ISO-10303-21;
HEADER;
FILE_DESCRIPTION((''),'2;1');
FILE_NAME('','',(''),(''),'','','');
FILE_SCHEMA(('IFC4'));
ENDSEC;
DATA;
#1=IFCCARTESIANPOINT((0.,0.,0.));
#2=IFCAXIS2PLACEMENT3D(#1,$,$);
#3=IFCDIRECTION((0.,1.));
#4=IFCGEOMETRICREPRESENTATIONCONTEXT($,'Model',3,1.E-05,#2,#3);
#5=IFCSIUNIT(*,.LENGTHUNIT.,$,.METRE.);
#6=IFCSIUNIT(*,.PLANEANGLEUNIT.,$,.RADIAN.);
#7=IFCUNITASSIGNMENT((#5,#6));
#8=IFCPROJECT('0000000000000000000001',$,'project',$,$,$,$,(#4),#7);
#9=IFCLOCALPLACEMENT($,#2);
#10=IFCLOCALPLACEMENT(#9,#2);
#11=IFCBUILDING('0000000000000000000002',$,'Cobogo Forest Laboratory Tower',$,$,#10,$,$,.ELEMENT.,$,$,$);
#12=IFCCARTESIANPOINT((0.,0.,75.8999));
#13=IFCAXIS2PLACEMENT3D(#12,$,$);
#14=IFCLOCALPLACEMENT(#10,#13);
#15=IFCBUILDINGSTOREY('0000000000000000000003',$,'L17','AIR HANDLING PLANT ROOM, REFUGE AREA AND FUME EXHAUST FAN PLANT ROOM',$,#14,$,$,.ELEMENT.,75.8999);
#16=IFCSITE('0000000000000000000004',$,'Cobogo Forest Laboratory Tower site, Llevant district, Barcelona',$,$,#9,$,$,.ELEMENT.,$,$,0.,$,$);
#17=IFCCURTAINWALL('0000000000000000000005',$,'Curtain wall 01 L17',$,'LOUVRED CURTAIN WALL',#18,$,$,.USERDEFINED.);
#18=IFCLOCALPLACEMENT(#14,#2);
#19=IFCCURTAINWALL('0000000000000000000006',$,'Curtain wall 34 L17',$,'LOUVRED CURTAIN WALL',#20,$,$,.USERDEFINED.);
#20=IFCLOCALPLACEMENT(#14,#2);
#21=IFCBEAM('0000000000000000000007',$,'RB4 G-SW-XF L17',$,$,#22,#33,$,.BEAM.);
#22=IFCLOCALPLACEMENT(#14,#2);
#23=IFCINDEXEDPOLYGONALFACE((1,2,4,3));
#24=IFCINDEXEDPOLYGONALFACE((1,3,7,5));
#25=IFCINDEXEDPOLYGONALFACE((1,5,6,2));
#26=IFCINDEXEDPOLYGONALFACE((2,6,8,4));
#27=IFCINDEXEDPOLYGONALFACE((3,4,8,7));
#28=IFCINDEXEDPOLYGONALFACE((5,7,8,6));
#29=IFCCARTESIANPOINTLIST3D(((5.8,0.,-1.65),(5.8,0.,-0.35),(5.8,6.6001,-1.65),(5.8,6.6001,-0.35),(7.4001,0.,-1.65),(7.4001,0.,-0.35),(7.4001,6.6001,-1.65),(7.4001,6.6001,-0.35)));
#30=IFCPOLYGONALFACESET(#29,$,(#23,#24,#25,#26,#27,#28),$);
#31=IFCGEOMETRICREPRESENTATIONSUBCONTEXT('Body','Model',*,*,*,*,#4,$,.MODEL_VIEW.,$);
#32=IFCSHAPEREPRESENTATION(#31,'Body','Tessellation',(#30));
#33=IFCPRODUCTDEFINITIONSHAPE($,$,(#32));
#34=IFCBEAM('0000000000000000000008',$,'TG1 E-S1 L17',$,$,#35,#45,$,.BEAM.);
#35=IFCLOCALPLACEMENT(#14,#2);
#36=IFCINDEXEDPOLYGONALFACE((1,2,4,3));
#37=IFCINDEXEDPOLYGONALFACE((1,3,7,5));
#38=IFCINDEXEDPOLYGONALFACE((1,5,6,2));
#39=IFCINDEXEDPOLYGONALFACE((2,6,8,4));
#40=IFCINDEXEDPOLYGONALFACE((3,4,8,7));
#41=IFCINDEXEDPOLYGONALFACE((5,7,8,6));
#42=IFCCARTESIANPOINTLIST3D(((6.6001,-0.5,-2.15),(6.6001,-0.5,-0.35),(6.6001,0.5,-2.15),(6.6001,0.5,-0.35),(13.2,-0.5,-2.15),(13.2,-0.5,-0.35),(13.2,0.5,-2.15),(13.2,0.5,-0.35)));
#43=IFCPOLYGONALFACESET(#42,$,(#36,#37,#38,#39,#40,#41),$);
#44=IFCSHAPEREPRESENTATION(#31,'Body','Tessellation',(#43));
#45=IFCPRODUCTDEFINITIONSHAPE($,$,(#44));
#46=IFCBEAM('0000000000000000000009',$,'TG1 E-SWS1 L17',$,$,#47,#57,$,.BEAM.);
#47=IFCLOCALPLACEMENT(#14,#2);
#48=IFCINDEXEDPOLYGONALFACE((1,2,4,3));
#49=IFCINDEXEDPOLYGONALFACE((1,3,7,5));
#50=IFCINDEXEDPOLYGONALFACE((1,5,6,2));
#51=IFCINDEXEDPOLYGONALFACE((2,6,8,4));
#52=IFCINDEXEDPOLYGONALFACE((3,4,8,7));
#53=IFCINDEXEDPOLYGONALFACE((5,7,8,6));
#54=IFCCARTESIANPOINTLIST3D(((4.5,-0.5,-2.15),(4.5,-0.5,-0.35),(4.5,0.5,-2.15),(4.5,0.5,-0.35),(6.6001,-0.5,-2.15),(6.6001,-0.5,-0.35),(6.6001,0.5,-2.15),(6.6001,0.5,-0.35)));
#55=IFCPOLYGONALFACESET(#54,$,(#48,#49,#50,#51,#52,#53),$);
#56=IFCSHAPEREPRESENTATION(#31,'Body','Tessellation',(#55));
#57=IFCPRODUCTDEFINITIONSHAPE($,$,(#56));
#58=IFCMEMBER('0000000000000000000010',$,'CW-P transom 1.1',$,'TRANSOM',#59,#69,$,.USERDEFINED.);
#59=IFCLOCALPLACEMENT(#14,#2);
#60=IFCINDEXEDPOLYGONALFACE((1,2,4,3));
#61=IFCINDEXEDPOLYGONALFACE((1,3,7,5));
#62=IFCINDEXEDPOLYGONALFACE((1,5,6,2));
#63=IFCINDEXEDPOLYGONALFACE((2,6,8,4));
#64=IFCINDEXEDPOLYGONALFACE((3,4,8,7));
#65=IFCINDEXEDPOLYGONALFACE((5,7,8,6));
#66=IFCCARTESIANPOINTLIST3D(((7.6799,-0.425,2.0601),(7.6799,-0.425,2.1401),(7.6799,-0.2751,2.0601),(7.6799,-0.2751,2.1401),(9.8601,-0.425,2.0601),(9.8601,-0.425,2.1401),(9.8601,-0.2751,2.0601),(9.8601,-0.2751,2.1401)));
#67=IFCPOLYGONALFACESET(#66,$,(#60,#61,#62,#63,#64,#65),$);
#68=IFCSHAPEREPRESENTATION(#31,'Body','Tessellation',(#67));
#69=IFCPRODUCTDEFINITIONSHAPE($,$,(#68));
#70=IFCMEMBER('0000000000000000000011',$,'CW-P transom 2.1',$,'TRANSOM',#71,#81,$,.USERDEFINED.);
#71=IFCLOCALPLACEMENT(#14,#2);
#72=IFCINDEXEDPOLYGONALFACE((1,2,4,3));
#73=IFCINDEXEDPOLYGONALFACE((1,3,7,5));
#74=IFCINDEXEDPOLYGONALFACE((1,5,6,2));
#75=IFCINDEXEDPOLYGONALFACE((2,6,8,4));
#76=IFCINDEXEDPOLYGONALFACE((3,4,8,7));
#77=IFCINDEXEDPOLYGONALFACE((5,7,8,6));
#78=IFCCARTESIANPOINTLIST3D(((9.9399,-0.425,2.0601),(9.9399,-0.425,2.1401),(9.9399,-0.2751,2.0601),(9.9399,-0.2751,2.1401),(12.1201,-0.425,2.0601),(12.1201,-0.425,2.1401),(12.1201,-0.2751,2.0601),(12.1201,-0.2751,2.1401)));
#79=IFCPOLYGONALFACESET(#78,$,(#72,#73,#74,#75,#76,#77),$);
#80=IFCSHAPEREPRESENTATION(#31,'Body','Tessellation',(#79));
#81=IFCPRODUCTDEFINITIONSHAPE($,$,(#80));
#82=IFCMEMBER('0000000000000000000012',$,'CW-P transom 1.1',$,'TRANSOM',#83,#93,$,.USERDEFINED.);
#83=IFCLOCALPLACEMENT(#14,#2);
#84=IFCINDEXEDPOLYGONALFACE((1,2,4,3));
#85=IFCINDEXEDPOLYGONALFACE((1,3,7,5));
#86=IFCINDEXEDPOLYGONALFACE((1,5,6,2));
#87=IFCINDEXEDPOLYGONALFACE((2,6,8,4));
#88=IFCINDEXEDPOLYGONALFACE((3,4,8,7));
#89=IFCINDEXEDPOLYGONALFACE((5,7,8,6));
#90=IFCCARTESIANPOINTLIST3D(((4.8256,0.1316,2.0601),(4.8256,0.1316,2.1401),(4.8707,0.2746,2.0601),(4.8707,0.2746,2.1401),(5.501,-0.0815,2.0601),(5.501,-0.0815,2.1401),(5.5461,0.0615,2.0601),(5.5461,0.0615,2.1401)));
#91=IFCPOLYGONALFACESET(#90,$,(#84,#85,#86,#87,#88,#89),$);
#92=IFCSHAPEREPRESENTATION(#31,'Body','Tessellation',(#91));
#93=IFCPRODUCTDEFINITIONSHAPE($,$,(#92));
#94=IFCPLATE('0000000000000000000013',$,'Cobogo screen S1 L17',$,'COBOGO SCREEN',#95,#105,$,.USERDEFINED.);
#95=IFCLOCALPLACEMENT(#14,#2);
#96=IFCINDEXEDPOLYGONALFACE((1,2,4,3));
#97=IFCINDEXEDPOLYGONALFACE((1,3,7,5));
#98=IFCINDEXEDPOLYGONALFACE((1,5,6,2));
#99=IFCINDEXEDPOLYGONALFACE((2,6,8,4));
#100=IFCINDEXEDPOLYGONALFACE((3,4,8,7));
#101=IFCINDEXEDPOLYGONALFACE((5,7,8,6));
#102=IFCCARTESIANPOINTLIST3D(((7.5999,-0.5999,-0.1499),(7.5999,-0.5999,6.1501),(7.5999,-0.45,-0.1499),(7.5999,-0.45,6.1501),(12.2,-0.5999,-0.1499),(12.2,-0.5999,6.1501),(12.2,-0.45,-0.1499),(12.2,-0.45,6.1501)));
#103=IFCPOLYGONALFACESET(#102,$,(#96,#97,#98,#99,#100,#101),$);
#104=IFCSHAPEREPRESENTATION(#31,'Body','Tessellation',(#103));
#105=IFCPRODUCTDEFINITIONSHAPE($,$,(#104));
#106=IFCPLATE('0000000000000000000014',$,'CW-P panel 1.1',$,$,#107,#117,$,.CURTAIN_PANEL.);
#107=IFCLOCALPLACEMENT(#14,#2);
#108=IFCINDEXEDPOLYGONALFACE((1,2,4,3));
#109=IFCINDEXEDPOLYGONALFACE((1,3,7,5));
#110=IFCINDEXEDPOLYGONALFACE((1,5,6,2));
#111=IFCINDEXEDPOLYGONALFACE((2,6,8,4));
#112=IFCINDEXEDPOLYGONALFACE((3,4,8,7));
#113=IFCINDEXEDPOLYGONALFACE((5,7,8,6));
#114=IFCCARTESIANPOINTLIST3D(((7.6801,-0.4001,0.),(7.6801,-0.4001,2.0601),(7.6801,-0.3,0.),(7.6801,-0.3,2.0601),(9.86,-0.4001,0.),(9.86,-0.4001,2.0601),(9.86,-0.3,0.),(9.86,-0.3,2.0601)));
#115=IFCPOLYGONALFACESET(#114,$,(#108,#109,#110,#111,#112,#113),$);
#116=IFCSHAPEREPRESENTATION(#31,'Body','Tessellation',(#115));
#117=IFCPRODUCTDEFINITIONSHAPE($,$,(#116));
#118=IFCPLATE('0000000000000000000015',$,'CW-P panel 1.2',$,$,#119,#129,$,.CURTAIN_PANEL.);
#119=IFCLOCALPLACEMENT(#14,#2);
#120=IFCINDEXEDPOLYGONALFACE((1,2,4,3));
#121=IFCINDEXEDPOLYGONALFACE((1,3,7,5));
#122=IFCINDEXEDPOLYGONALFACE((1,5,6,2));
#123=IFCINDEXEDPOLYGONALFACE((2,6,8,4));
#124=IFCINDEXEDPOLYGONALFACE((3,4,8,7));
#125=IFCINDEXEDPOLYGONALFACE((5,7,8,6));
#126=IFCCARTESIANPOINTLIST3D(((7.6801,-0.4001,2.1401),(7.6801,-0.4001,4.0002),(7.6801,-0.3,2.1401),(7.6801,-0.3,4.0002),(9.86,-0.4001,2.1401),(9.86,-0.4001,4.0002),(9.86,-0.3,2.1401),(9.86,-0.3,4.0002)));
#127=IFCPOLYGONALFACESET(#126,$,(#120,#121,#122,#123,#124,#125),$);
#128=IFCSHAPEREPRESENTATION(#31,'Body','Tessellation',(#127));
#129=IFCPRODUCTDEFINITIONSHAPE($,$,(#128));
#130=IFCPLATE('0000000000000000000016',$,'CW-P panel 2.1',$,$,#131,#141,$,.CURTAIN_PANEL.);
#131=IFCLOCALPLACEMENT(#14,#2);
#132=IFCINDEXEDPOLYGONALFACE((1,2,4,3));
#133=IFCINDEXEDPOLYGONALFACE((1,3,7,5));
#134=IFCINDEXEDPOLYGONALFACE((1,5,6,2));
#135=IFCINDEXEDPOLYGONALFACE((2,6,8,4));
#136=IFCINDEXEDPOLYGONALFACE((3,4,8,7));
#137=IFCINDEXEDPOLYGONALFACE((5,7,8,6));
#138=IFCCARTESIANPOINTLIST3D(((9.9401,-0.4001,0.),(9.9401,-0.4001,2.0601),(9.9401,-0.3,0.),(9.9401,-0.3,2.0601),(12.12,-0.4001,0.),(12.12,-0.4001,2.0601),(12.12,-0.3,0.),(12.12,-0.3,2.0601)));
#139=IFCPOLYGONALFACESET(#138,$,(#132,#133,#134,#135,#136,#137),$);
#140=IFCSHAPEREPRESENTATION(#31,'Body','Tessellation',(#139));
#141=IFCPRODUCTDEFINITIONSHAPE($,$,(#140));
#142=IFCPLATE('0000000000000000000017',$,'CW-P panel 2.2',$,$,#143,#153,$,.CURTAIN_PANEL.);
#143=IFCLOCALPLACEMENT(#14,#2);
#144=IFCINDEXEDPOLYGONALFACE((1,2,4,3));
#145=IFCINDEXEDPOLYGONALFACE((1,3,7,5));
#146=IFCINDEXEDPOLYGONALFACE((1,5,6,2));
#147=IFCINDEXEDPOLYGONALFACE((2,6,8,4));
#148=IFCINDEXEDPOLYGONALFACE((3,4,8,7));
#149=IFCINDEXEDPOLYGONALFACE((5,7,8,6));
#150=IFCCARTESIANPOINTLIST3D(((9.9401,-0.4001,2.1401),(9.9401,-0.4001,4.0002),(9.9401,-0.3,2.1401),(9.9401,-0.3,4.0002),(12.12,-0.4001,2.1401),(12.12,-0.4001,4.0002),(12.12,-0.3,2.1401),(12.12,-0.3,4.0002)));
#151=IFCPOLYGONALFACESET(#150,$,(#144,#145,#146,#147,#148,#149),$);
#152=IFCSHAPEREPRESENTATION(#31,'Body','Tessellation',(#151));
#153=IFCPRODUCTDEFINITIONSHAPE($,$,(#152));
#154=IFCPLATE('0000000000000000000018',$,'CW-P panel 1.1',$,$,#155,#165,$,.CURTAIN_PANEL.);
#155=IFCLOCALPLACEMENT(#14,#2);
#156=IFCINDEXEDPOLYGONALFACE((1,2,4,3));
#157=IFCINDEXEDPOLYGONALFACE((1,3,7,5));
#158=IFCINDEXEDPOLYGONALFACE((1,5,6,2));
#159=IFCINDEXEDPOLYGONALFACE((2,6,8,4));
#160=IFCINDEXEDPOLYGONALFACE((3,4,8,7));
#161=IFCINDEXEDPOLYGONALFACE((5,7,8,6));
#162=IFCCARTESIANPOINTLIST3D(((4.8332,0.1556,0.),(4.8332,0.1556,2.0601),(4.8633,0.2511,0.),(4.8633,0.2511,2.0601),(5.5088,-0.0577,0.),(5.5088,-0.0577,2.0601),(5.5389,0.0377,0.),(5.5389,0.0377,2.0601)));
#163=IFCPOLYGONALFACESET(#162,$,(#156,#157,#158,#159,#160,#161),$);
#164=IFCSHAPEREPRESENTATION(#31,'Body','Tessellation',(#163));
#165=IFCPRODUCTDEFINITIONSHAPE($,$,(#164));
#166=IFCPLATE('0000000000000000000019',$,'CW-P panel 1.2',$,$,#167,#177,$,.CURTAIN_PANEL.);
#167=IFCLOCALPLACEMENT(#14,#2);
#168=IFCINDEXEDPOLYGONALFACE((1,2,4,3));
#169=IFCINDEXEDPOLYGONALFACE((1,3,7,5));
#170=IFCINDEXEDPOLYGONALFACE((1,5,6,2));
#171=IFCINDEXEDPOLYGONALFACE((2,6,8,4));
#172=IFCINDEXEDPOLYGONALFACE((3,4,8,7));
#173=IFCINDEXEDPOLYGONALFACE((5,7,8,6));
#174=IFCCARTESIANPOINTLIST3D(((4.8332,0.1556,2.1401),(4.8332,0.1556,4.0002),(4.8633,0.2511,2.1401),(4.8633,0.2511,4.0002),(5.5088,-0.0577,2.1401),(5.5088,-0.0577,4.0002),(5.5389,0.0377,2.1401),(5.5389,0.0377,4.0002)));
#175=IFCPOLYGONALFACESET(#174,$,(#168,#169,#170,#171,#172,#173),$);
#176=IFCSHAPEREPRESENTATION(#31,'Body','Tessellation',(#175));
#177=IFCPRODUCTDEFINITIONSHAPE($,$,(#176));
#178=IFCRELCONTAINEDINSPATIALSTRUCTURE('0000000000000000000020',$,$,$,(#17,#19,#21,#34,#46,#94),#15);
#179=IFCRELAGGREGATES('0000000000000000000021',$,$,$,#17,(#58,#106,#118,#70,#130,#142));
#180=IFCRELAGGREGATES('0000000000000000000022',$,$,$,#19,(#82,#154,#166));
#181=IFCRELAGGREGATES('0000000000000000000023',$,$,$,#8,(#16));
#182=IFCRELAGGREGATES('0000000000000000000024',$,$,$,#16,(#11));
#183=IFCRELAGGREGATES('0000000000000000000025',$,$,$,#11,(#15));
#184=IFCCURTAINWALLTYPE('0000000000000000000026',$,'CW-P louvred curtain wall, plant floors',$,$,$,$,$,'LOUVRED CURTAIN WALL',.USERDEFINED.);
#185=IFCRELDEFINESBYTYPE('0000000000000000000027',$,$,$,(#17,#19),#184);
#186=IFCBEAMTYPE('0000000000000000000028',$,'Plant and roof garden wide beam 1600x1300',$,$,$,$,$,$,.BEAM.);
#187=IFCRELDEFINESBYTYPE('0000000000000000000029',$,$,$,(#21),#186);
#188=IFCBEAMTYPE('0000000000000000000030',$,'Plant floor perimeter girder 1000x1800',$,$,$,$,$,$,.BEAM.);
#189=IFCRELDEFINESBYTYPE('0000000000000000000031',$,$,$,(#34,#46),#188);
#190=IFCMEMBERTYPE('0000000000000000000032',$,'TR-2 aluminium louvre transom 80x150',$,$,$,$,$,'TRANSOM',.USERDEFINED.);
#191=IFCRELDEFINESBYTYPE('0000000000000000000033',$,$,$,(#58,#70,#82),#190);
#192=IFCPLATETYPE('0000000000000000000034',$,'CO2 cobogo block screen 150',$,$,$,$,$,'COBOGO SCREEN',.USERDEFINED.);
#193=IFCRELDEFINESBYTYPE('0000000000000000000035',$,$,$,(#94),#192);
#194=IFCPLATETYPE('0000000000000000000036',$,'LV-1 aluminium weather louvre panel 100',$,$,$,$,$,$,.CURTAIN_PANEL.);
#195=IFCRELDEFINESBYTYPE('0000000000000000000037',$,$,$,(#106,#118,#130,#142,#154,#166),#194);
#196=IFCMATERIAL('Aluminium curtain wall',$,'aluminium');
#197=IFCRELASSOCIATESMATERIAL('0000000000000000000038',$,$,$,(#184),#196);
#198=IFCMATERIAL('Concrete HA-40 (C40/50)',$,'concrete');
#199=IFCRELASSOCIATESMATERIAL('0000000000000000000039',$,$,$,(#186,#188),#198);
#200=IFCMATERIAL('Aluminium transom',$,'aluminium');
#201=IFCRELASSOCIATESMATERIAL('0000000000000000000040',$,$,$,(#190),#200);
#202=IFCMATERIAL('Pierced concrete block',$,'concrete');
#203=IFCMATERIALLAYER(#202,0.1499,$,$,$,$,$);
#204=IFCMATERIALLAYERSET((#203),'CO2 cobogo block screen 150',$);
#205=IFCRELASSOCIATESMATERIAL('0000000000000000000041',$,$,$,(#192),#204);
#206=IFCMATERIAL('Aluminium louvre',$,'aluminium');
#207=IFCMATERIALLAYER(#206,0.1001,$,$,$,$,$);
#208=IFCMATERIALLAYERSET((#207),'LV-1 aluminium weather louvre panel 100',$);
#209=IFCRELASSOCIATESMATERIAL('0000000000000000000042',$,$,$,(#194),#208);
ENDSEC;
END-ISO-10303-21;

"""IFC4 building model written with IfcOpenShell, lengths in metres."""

from ifc_helpers import new_model, si_unit, direction, frame, origin, origin_2d, place, context, subcontext, project, spatial, rectangle, extrude, material, layer, layer_set, material_profile, profile_set, type_object, element, aggregate, save


model = new_model("IFC4")

# Units and contexts
model_context = context("Model", 3, precision=1e-05, world=origin(), true_north=direction((0.0, 1.0)))
body_context = subcontext(model_context, "Body", "Model", "MODEL_VIEW")
ifc_project = project(units=[si_unit("LENGTHUNIT", "METRE"), si_unit("PLANEANGLEUNIT", "RADIAN")], contexts=[model_context])

# Site, building, storey
site_placement = place(None, origin())
site = spatial("IfcSite", under=ifc_project, at=site_placement, Name="Cobogo Forest Laboratory Tower site, Llevant district, Barcelona", CompositionType="ELEMENT", RefElevation=0.0)
building_placement = place(site_placement, origin())
building = spatial("IfcBuilding", under=site, at=building_placement, Name="Cobogo Forest Laboratory Tower", CompositionType="ELEMENT")
storey_placement = place(building_placement, frame((0.0, 0.0, 75.8999)))
storey = spatial("IfcBuildingStorey", under=building, at=storey_placement, Name="L17", Description="AIR HANDLING PLANT ROOM, REFUGE AREA AND FUME EXHAUST FAN PLANT ROOM", CompositionType="ELEMENT", Elevation=75.8999)

# Curtain walls
ifc_material_1 = material(Name="Aluminium curtain wall", Category="aluminium")
curtain_wall_type = type_object("IfcCurtainWallType", Name="CW-P louvred curtain wall, plant floors", ElementType="LOUVRED CURTAIN WALL", PredefinedType="USERDEFINED", material=ifc_material_1)
curtain_wall_1_placement = place(storey_placement, origin())
curtain_wall_1 = element("IfcCurtainWall", 1, at=curtain_wall_1_placement, inside=storey, type_object=curtain_wall_type, Name="Curtain wall 01 L17", ObjectType="LOUVRED CURTAIN WALL", PredefinedType="USERDEFINED")
curtain_wall_2_placement = place(storey_placement, origin())
curtain_wall_2 = element("IfcCurtainWall", 2, at=curtain_wall_2_placement, inside=storey, type_object=curtain_wall_type, Name="Curtain wall 34 L17", ObjectType="LOUVRED CURTAIN WALL", PredefinedType="USERDEFINED")

# Beams
ifc_material_2 = material(Name="Concrete HA-40 (C40/50)", Category="concrete")
ifc_material_profile_1 = material_profile(ifc_material_2, rectangle(XDim=1.6001, YDim=1.3, at=origin_2d()), Name="RC 1600x1300")
ifc_profile_set_1 = profile_set([ifc_material_profile_1], Name="Concrete HA-40 (C40/50)")
beam_type_1 = type_object("IfcBeamType", Name="Plant and roof garden wide beam 1600x1300", PredefinedType="BEAM", material=ifc_profile_set_1)
beam_1_placement = place(storey_placement, frame((6.6001, 0.0, -1.0), z_axis=(0.0, 1.0, 0.0), x_axis=(-1.0, 0.0, 0.0)))
element("IfcBeam", 3, at=beam_1_placement, inside=storey, type_object=beam_type_1, Name="RB4 G-SW-XF L17", PredefinedType="BEAM", context=body_context, shape_type="SweptSolid", body=[
    extrude(rectangle(XDim=1.6001, YDim=1.3, at=origin_2d()), origin(), (0.0, 0.0, 1.0), 6.6001),
])
ifc_material_profile_2 = material_profile(ifc_material_2, rectangle(XDim=1.0, YDim=1.8, at=origin_2d()), Name="RC 1000x1800")
ifc_profile_set_2 = profile_set([ifc_material_profile_2], Name="Concrete HA-40 (C40/50)")
beam_type_2 = type_object("IfcBeamType", Name="Plant floor perimeter girder 1000x1800", PredefinedType="BEAM", material=ifc_profile_set_2)
beam_2_placement = place(storey_placement, frame((6.6001, 0.0, -1.25), z_axis=(1.0, 0.0, 0.0), x_axis=(0.0, 1.0, 0.0)))
element("IfcBeam", 4, at=beam_2_placement, inside=storey, type_object=beam_type_2, Name="TG1 E-S1 L17", PredefinedType="BEAM", context=body_context, shape_type="SweptSolid", body=[
    extrude(rectangle(XDim=1.0, YDim=1.8, at=origin_2d()), origin(), (0.0, 0.0, 1.0), 6.5999),
])
beam_3_placement = place(storey_placement, frame((6.6001, 0.0, -1.25), z_axis=(-1.0, 0.0, 0.0), x_axis=(0.0, -1.0, 0.0)))
element("IfcBeam", 5, at=beam_3_placement, inside=storey, type_object=beam_type_2, Name="TG1 E-SWS1 L17", PredefinedType="BEAM", context=body_context, shape_type="SweptSolid", body=[
    extrude(rectangle(XDim=1.0, YDim=1.8, at=origin_2d()), origin(), (0.0, 0.0, 1.0), 2.1001),
])

# Members
ifc_material_3 = material(Name="Aluminium transom", Category="aluminium")
ifc_material_profile_3 = material_profile(ifc_material_3, rectangle(XDim=0.1499, YDim=0.0801, at=origin_2d()), Name="AL 80x150")
ifc_profile_set_3 = profile_set([ifc_material_profile_3], Name="Aluminium transom")
member_type_1 = type_object("IfcMemberType", Name="TR-2 aluminium louvre transom 80x150", ElementType="TRANSOM", PredefinedType="USERDEFINED", material=ifc_profile_set_3)
member_1_placement = place(storey_placement, frame((7.6799, -0.3501, 2.1001), z_axis=(1.0, 0.0, 0.0), x_axis=(0.0, 1.0, 0.0)))
member_1 = element("IfcMember", 6, at=member_1_placement, type_object=member_type_1, Name="CW-P transom 1.1", ObjectType="TRANSOM", PredefinedType="USERDEFINED", context=body_context, shape_type="SweptSolid", body=[
    extrude(rectangle(XDim=0.1499, YDim=0.0801, at=origin_2d()), origin(), (0.0, 0.0, 1.0), 2.1802),
])
member_2_placement = place(storey_placement, frame((9.9399, -0.3501, 2.1001), z_axis=(1.0, 0.0, 0.0), x_axis=(0.0, 1.0, 0.0)))
member_2 = element("IfcMember", 7, at=member_2_placement, type_object=member_type_1, Name="CW-P transom 2.1", ObjectType="TRANSOM", PredefinedType="USERDEFINED", context=body_context, shape_type="SweptSolid", body=[
    extrude(rectangle(XDim=0.1499, YDim=0.0801, at=origin_2d()), origin(), (0.0, 0.0, 1.0), 2.1802),
])
member_3_placement = place(storey_placement, frame((4.8481, 0.2031, 2.1001), z_axis=(0.953661, -0.300884, 0.0), x_axis=(0.300884, 0.953661, 0.0)))
member_3 = element("IfcMember", 8, at=member_3_placement, type_object=member_type_1, Name="CW-P transom 1.1", ObjectType="TRANSOM", PredefinedType="USERDEFINED", context=body_context, shape_type="SweptSolid", body=[
    extrude(rectangle(XDim=0.1499, YDim=0.0801, at=origin_2d()), origin(), (0.0, 0.0, 1.0), 0.7083),
])

# Plates
ifc_material_4 = material(Name="Pierced concrete block", Category="concrete")
ifc_layer_1 = layer(ifc_material_4, 0.1499)
ifc_layer_set_1 = layer_set([ifc_layer_1], Name="CO2 cobogo block screen 150")
plate_type_1 = type_object("IfcPlateType", Name="CO2 cobogo block screen 150", ElementType="COBOGO SCREEN", PredefinedType="USERDEFINED", material=ifc_layer_set_1)
plate_1_placement = place(storey_placement, frame((9.8999, -0.5249, -0.1499), z_axis=(0.0, 0.0, 1.0), x_axis=(1.0, 0.0, 0.0)))
element("IfcPlate", 9, at=plate_1_placement, inside=storey, type_object=plate_type_1, Name="Cobogo screen S1 L17", ObjectType="COBOGO SCREEN", PredefinedType="USERDEFINED", context=body_context, shape_type="SweptSolid", body=[
    extrude(rectangle(XDim=4.6001, YDim=0.1499, at=origin_2d()), origin(), (0.0, 0.0, 1.0), 6.3),
])
ifc_material_5 = material(Name="Aluminium louvre", Category="aluminium")
ifc_layer_2 = layer(ifc_material_5, 0.1001)
ifc_layer_set_2 = layer_set([ifc_layer_2], Name="LV-1 aluminium weather louvre panel 100")
plate_type_2 = type_object("IfcPlateType", Name="LV-1 aluminium weather louvre panel 100", PredefinedType="CURTAIN_PANEL", material=ifc_layer_set_2)
plate_2_placement = place(storey_placement, frame((8.77, -0.3501, 0.0), z_axis=(0.0, 0.0, 1.0), x_axis=(1.0, 0.0, 0.0)))
plate_2 = element("IfcPlate", 10, at=plate_2_placement, type_object=plate_type_2, Name="CW-P panel 1.1", PredefinedType="CURTAIN_PANEL", context=body_context, shape_type="SweptSolid", body=[
    extrude(rectangle(XDim=2.1799, YDim=0.1001, at=origin_2d()), origin(), (0.0, 0.0, 1.0), 2.0601),
])
plate_3_placement = place(storey_placement, frame((8.77, -0.3501, 2.1401), z_axis=(0.0, 0.0, 1.0), x_axis=(1.0, 0.0, 0.0)))
plate_3 = element("IfcPlate", 11, at=plate_3_placement, type_object=plate_type_2, Name="CW-P panel 1.2", PredefinedType="CURTAIN_PANEL", context=body_context, shape_type="SweptSolid", body=[
    extrude(rectangle(XDim=2.1799, YDim=0.1001, at=origin_2d()), origin(), (0.0, 0.0, 1.0), 1.8601),
])
plate_4_placement = place(storey_placement, frame((11.03, -0.3501, 0.0), z_axis=(0.0, 0.0, 1.0), x_axis=(1.0, 0.0, 0.0)))
plate_4 = element("IfcPlate", 12, at=plate_4_placement, type_object=plate_type_2, Name="CW-P panel 2.1", PredefinedType="CURTAIN_PANEL", context=body_context, shape_type="SweptSolid", body=[
    extrude(rectangle(XDim=2.1799, YDim=0.1001, at=origin_2d()), origin(), (0.0, 0.0, 1.0), 2.0601),
])
plate_5_placement = place(storey_placement, frame((11.03, -0.3501, 2.1401), z_axis=(0.0, 0.0, 1.0), x_axis=(1.0, 0.0, 0.0)))
plate_5 = element("IfcPlate", 13, at=plate_5_placement, type_object=plate_type_2, Name="CW-P panel 2.2", PredefinedType="CURTAIN_PANEL", context=body_context, shape_type="SweptSolid", body=[
    extrude(rectangle(XDim=2.1799, YDim=0.1001, at=origin_2d()), origin(), (0.0, 0.0, 1.0), 1.8601),
])
aggregate(curtain_wall_1, [member_1, plate_2, plate_3, member_2, plate_4, plate_5])
plate_6_placement = place(storey_placement, frame((5.186, 0.0967, 0.0), z_axis=(0.0, 0.0, 1.0), x_axis=(0.953581, -0.301136, 0.0)))
plate_6 = element("IfcPlate", 14, at=plate_6_placement, type_object=plate_type_2, Name="CW-P panel 1.1", PredefinedType="CURTAIN_PANEL", context=body_context, shape_type="SweptSolid", body=[
    extrude(rectangle(XDim=0.7085, YDim=0.1001, at=origin_2d()), origin(), (0.0, 0.0, 1.0), 2.0601),
])
plate_7_placement = place(storey_placement, frame((5.186, 0.0967, 2.1401), z_axis=(0.0, 0.0, 1.0), x_axis=(0.953581, -0.301136, 0.0)))
plate_7 = element("IfcPlate", 15, at=plate_7_placement, type_object=plate_type_2, Name="CW-P panel 1.2", PredefinedType="CURTAIN_PANEL", context=body_context, shape_type="SweptSolid", body=[
    extrude(rectangle(XDim=0.7085, YDim=0.1001, at=origin_2d()), origin(), (0.0, 0.0, 1.0), 1.8601),
])
aggregate(curtain_wall_2, [member_3, plate_6, plate_7])

save(model, "model.ifc")
